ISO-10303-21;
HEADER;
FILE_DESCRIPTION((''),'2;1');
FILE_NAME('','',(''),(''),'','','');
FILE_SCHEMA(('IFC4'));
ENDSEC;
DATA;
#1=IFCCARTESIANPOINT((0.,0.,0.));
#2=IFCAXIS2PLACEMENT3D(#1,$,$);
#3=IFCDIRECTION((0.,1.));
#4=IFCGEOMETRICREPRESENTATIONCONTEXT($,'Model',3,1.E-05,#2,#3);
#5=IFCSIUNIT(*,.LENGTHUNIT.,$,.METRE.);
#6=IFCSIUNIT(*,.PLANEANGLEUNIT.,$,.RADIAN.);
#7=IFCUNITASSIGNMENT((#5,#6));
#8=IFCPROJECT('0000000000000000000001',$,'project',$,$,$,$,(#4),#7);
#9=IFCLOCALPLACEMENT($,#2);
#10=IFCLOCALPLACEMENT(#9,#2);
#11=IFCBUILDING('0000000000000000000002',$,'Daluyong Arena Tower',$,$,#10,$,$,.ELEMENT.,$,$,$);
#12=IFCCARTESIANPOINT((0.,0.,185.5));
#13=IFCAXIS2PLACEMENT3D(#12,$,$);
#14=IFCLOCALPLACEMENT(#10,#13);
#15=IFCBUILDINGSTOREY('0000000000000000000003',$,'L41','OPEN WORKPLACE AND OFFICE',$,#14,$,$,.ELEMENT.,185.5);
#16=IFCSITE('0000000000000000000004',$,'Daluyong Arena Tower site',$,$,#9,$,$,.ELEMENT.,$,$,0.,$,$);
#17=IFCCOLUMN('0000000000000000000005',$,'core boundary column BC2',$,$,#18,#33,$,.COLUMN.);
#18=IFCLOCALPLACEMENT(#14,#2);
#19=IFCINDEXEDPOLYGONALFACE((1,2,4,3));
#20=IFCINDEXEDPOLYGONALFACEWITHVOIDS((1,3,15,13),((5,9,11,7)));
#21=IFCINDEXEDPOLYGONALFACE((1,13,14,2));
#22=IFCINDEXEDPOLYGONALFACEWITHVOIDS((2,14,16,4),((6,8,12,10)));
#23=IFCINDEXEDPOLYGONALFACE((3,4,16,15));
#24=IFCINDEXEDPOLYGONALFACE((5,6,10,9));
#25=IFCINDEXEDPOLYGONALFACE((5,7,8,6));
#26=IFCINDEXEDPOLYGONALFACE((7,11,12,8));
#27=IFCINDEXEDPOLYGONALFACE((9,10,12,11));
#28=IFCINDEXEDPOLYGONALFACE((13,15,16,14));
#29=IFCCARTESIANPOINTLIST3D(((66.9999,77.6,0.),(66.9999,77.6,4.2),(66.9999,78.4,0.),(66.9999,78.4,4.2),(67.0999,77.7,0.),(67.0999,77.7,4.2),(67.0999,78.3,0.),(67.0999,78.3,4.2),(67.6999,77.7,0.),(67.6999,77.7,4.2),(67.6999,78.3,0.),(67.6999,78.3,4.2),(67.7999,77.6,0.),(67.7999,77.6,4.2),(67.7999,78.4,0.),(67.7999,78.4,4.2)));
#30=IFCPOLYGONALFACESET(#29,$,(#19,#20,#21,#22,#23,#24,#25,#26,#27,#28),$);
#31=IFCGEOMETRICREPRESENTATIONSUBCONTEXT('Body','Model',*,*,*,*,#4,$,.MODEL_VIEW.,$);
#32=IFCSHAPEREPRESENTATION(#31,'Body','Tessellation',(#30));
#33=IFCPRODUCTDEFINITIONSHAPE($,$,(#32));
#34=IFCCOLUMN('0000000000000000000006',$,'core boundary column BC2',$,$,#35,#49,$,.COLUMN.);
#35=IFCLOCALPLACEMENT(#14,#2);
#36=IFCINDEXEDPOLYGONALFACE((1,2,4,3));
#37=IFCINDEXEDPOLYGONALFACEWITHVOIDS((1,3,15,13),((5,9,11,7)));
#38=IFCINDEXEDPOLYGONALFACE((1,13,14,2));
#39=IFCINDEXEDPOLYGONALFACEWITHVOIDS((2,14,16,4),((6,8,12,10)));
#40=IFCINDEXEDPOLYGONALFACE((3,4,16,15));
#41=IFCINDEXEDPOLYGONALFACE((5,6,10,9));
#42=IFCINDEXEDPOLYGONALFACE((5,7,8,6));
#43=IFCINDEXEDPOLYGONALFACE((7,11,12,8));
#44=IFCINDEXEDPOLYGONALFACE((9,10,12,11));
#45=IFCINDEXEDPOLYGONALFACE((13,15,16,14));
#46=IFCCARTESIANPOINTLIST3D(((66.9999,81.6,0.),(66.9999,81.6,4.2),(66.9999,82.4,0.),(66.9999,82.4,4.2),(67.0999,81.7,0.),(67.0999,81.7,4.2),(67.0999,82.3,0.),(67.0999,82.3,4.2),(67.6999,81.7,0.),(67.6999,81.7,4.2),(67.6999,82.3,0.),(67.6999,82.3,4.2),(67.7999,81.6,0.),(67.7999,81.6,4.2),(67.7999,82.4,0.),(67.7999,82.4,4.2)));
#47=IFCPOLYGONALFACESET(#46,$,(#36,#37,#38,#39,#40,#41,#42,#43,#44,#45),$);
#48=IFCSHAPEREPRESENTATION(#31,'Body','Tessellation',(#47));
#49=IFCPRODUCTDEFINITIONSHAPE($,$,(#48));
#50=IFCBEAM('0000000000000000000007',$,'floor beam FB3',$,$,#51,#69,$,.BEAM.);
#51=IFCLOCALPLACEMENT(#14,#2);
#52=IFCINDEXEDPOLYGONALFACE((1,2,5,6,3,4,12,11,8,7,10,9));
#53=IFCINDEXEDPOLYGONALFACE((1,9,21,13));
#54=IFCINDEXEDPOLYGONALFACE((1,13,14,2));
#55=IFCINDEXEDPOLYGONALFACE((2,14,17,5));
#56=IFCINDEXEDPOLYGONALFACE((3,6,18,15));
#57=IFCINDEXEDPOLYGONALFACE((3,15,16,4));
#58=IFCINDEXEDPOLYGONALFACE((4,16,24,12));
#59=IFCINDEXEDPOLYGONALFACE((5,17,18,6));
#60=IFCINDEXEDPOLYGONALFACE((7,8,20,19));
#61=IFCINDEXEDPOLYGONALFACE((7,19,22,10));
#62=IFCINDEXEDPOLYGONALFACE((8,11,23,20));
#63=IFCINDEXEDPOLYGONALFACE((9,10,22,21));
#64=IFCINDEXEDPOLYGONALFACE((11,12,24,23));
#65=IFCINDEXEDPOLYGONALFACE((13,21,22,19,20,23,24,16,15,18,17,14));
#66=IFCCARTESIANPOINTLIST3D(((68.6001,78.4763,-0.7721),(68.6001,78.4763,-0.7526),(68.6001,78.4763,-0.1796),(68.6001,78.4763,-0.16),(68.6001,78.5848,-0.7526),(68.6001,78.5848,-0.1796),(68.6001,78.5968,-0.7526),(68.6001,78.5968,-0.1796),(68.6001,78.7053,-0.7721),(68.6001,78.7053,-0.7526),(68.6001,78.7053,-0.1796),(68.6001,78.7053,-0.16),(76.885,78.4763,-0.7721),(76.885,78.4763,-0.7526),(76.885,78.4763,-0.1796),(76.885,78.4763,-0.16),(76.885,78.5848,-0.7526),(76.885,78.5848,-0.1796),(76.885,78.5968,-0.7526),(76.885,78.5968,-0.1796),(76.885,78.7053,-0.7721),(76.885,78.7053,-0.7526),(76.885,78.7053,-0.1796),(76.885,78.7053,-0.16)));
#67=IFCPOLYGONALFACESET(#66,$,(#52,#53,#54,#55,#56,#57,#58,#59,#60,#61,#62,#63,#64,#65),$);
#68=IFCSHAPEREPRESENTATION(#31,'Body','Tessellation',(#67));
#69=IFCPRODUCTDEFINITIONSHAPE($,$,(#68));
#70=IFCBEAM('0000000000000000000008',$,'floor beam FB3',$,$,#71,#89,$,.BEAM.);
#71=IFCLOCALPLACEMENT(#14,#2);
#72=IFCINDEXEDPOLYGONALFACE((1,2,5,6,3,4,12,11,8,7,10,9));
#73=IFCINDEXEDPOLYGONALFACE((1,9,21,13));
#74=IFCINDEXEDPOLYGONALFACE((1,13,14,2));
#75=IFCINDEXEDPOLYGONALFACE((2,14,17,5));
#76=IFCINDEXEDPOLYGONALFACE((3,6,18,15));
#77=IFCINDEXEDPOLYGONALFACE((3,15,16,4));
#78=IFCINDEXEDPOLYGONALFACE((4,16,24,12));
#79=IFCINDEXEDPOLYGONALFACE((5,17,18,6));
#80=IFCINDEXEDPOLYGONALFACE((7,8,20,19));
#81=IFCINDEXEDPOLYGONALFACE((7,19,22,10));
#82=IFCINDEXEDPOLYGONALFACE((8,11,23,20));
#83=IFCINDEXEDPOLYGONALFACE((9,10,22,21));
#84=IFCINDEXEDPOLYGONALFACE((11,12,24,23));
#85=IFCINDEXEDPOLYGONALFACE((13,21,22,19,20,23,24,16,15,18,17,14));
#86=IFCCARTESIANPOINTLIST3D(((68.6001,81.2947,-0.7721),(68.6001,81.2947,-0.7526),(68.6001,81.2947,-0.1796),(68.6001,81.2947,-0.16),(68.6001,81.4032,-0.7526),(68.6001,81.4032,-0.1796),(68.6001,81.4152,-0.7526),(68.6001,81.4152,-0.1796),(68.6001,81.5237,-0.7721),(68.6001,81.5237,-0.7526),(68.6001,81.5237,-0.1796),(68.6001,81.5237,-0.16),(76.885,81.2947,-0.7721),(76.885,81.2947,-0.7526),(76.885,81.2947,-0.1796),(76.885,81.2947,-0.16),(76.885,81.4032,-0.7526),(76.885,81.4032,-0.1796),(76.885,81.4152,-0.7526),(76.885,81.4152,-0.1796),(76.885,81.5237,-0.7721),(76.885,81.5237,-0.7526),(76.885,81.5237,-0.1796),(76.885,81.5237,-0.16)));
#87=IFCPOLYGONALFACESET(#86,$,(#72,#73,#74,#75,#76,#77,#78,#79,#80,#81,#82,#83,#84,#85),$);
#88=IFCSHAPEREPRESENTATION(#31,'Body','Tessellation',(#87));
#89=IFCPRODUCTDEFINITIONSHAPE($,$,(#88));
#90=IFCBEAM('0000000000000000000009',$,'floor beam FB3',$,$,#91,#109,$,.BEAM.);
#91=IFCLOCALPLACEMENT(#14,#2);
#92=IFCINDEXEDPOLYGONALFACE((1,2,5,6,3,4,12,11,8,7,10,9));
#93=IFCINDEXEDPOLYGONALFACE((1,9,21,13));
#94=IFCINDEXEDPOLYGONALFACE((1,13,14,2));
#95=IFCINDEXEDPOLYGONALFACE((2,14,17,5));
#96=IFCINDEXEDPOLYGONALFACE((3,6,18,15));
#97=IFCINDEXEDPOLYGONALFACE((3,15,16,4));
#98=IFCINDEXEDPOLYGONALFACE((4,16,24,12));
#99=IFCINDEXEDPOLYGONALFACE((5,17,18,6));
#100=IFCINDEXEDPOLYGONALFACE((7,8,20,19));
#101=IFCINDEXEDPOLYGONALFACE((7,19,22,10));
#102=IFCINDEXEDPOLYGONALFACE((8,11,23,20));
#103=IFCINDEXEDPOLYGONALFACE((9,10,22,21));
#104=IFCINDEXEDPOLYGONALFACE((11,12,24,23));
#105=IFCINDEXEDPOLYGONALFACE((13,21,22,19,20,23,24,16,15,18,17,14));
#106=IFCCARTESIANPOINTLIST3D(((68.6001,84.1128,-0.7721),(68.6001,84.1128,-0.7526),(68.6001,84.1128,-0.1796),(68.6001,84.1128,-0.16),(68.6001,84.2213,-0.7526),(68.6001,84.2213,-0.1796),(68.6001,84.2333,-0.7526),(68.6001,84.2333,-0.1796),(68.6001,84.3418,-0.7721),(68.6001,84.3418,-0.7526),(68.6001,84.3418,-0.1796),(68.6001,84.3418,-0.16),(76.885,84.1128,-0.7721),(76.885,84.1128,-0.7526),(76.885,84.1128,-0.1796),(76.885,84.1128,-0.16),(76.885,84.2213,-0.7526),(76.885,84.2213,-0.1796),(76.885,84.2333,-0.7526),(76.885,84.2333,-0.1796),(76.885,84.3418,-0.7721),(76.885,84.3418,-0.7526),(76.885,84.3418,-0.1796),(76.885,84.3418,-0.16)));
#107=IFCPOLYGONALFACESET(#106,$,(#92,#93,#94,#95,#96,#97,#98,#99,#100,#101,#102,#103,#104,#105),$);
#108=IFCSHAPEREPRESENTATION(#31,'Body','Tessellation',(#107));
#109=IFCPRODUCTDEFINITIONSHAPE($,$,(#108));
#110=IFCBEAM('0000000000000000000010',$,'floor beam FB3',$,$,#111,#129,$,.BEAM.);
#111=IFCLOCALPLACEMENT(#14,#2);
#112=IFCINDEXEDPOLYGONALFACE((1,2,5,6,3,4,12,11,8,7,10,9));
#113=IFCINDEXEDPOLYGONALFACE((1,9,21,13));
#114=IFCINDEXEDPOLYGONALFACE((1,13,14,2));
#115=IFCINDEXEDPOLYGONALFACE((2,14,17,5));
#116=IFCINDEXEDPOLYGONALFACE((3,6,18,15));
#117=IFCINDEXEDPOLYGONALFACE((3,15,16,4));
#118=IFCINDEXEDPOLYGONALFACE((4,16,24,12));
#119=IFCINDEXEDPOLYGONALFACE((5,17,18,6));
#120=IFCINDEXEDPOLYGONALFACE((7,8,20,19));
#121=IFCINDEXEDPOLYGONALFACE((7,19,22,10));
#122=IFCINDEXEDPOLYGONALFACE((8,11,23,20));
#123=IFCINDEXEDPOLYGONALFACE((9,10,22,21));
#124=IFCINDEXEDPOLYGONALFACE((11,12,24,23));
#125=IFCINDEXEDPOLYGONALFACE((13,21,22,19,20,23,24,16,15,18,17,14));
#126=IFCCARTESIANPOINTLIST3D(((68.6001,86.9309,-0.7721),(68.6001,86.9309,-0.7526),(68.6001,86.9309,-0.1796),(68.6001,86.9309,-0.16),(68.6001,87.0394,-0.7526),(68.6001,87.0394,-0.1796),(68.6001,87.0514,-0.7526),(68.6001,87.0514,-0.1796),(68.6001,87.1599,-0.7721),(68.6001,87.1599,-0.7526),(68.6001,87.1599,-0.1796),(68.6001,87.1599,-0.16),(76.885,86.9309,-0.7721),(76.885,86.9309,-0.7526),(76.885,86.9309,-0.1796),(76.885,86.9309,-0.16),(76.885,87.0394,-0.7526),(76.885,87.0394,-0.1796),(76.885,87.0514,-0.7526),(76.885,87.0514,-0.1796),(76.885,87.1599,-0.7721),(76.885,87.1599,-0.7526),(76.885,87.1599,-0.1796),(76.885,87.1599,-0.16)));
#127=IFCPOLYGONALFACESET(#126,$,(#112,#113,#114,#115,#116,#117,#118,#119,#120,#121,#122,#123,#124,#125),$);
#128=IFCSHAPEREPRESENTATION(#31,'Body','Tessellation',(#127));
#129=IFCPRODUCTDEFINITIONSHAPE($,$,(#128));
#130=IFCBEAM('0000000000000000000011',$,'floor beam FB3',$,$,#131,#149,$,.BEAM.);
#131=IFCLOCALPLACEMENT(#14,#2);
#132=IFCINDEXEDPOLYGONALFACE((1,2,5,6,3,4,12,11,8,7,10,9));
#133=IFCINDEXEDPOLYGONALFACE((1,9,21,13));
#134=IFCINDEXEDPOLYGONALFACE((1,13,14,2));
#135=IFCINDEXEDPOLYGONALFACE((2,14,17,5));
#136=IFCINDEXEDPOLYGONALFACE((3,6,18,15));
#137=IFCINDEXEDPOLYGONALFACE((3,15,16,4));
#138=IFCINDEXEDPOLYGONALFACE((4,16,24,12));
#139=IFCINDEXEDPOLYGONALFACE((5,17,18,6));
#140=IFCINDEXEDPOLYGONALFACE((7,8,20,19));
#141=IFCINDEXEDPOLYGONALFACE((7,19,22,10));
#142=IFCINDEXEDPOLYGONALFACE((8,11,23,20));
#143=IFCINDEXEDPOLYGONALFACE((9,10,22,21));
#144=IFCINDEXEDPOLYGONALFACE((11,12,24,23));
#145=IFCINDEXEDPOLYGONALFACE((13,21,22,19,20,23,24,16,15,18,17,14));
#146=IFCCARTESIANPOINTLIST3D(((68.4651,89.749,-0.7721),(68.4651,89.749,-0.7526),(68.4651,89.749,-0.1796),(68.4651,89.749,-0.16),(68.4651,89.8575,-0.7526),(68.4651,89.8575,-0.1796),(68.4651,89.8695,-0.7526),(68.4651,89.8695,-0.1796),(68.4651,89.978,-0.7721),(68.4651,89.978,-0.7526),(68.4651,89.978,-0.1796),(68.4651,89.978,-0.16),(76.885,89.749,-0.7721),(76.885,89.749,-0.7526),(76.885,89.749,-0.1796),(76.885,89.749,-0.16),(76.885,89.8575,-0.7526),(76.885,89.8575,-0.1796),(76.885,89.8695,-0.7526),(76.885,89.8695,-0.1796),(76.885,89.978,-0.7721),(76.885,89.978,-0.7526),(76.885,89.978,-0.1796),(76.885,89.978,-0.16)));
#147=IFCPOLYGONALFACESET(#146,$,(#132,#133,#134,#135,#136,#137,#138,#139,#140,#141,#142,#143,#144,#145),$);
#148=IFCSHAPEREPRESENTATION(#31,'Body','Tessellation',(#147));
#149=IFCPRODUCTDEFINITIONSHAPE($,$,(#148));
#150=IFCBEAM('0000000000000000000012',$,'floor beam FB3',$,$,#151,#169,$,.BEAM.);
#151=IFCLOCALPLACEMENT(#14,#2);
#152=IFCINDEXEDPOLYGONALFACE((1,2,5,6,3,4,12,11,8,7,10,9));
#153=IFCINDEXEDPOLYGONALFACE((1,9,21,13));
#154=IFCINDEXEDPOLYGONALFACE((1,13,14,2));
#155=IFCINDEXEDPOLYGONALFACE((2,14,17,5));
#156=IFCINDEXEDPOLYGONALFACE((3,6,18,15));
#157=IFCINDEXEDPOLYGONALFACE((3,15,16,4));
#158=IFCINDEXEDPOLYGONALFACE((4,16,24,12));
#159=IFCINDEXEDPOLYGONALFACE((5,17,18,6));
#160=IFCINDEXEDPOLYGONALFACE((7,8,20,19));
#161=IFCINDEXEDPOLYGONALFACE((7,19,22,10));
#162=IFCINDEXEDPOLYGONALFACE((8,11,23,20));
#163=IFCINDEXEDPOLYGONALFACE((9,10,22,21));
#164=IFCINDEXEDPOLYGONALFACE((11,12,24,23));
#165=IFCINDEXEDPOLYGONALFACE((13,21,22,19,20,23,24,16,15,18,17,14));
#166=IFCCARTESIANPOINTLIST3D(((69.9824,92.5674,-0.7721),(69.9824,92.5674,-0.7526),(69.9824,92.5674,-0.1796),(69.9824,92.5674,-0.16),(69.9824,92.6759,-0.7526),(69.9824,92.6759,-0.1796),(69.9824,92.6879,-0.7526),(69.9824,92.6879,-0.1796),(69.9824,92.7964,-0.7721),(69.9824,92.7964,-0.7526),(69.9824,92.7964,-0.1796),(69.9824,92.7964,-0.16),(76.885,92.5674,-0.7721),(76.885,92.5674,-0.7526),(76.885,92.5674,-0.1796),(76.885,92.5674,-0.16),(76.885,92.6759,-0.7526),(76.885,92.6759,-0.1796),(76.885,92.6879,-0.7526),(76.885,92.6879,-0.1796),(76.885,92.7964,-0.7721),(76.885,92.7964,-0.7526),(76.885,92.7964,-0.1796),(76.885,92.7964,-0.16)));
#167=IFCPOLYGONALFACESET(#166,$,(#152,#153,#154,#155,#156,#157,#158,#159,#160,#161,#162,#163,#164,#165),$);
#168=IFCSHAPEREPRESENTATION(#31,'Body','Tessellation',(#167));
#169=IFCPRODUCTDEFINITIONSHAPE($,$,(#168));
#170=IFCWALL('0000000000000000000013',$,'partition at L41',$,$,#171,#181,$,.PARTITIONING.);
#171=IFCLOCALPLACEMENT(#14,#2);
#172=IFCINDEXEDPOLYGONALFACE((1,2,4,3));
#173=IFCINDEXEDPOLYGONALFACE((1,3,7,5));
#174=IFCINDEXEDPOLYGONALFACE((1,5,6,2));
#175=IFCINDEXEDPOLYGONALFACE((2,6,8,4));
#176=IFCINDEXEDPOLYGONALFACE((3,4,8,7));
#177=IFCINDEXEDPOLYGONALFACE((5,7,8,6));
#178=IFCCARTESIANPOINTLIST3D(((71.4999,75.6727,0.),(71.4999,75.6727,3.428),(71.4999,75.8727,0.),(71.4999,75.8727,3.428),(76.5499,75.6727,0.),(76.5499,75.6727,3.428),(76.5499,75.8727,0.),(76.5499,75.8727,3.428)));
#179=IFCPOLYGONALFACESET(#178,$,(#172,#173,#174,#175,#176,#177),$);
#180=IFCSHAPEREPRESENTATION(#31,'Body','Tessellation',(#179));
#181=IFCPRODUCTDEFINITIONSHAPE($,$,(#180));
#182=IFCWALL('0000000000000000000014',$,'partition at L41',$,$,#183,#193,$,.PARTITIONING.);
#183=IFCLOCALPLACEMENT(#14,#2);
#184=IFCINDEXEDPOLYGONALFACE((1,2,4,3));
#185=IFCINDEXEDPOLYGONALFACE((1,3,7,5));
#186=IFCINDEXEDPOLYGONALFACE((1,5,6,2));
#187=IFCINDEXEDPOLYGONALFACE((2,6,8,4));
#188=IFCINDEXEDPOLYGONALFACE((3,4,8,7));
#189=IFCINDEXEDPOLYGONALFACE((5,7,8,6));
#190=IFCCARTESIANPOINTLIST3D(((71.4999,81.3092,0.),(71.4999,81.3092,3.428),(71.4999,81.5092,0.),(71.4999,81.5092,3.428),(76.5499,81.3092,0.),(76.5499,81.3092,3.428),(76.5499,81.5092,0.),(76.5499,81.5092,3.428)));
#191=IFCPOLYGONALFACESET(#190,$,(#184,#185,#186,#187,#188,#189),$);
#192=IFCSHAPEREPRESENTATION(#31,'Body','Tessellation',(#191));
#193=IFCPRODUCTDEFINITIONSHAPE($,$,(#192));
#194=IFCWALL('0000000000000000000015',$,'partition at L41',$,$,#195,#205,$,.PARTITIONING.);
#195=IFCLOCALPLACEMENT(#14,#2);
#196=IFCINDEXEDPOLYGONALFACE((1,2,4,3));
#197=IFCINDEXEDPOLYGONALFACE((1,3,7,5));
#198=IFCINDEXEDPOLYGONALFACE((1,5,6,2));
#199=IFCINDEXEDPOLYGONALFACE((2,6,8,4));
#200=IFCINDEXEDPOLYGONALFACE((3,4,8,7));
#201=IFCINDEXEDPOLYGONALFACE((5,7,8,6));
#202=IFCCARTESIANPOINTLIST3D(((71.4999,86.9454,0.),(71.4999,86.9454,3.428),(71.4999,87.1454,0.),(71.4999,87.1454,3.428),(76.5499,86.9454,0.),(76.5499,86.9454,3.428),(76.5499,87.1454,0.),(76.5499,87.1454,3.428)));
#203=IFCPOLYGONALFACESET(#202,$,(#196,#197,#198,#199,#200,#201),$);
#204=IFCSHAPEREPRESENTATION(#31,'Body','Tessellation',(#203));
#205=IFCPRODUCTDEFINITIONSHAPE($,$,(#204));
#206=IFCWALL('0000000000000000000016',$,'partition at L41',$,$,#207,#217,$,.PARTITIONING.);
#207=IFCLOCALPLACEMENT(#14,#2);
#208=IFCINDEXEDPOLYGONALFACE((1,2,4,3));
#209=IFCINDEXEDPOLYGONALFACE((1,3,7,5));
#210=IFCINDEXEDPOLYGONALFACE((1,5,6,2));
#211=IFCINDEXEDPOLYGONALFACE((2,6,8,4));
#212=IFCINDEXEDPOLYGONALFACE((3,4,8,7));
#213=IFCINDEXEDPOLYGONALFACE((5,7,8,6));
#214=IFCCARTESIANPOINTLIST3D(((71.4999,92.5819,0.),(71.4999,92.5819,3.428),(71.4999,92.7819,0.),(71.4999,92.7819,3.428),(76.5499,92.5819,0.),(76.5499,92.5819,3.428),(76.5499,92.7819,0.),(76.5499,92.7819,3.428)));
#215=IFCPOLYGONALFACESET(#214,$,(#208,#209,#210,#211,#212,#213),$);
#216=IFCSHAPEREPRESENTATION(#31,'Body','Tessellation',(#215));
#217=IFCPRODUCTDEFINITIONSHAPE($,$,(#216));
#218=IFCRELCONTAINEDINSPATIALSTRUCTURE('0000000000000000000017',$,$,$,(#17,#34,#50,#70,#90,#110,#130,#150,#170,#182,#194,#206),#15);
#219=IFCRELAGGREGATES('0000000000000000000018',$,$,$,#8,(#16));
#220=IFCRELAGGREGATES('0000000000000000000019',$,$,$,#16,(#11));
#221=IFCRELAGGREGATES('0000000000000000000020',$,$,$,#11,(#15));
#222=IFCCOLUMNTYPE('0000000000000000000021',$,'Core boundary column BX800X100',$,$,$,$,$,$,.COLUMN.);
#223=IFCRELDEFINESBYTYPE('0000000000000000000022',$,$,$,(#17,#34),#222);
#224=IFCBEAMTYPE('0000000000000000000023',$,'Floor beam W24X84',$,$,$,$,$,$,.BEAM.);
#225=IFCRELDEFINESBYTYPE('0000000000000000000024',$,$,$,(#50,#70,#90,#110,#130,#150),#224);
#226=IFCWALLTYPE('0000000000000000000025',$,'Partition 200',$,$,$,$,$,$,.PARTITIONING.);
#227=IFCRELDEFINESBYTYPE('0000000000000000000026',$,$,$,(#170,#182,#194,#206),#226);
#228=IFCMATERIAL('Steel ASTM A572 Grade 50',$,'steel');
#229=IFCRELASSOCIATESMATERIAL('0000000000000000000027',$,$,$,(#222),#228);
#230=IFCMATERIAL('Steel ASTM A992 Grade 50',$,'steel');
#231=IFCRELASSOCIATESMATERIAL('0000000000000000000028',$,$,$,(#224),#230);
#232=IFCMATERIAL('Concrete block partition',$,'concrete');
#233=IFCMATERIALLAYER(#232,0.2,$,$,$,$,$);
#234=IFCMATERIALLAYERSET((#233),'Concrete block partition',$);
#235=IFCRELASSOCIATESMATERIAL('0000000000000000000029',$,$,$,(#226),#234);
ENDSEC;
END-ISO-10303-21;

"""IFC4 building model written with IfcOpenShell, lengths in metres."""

from ifc_helpers import new_model, si_unit, direction, frame, frame_2d, origin, origin_2d, place, context, subcontext, project, spatial, rectangle, hollow_rectangle, i_section, extrude, material, layer, layer_set, material_profile, profile_set, type_object, element, save


model = new_model("IFC4")

# Units and contexts
model_context = context("Model", 3, precision=1e-05, world=origin(), true_north=direction((0.0, 1.0)))
body_context = subcontext(model_context, "Body", "Model", "MODEL_VIEW")
ifc_project = project(units=[si_unit("LENGTHUNIT", "METRE"), si_unit("PLANEANGLEUNIT", "RADIAN")], contexts=[model_context])

# Site, building, storey
site_placement = place(None, origin())
site = spatial("IfcSite", under=ifc_project, at=site_placement, Name="Daluyong Arena Tower site", CompositionType="ELEMENT", RefElevation=0.0)
building_placement = place(site_placement, origin())
building = spatial("IfcBuilding", under=site, at=building_placement, Name="Daluyong Arena Tower", CompositionType="ELEMENT")
storey_placement = place(building_placement, frame((0.0, 0.0, 185.5)))
storey = spatial("IfcBuildingStorey", under=building, at=storey_placement, Name="L41", Description="OPEN WORKPLACE AND OFFICE", CompositionType="ELEMENT", Elevation=185.5)

# Columns
ifc_material_1 = material(Name="Steel ASTM A572 Grade 50", Category="steel")
ifc_material_profile_1 = material_profile(ifc_material_1, hollow_rectangle(XDim=0.8, YDim=0.8, WallThickness=0.1, at=origin_2d()))
ifc_profile_set_1 = profile_set([ifc_material_profile_1], Name="Steel ASTM A572 Grade 50")
column_type = type_object("IfcColumnType", Name="Core boundary column BX800X100", PredefinedType="COLUMN", material=ifc_profile_set_1)
for number, where, z_axis, x_axis, name in (
    (1, (67.3999, 78.0, 0.0), (0.0, 0.0, 1.0), (1.0, 0.0, 0.0), "core boundary column BC2"),
    (2, (67.3999, 82.0, 0.0), (0.0, 0.0, 1.0), (1.0, 0.0, 0.0), "core boundary column BC2"),
):
    element("IfcColumn", number, at=place(storey_placement, frame(where, z_axis=z_axis, x_axis=x_axis)), inside=storey, type_object=column_type, Name=name, PredefinedType="COLUMN", context=body_context, shape_type="SweptSolid", body=[
        extrude(hollow_rectangle(XDim=0.8, YDim=0.8, WallThickness=0.1, at=origin_2d()), origin(), (0.0, 0.0, 1.0), 4.2),
    ])

# Beams
ifc_material_2 = material(Name="Steel ASTM A992 Grade 50", Category="steel")
ifc_material_profile_2 = material_profile(ifc_material_2, i_section(OverallWidth=0.229, OverallDepth=0.6121, WebThickness=0.012, FlangeThickness=0.0195, at=origin_2d()))
ifc_profile_set_2 = profile_set([ifc_material_profile_2], Name="Steel ASTM A992 Grade 50")
beam_type = type_object("IfcBeamType", Name="Floor beam W24X84", PredefinedType="BEAM", material=ifc_profile_set_2)
for number, where, z_axis, x_axis, name in (
    (3, (76.885, 78.5908, -0.4661), (-1.0, 0.0, 0.0), (0.0, -1.0, 0.0), "floor beam FB3"),
    (4, (76.885, 81.4092, -0.4661), (-1.0, 0.0, 0.0), (0.0, -1.0, 0.0), "floor beam FB3"),
    (5, (76.885, 84.2273, -0.4661), (-1.0, 0.0, 0.0), (0.0, -1.0, 0.0), "floor beam FB3"),
    (6, (76.885, 87.0454, -0.4661), (-1.0, 0.0, 0.0), (0.0, -1.0, 0.0), "floor beam FB3"),
):
    element("IfcBeam", number, at=place(storey_placement, frame(where, z_axis=z_axis, x_axis=x_axis)), inside=storey, type_object=beam_type, Name=name, PredefinedType="BEAM", context=body_context, shape_type="SweptSolid", body=[
        extrude(i_section(OverallWidth=0.229, OverallDepth=0.6121, WebThickness=0.012, FlangeThickness=0.0195, at=origin_2d()), origin(), (0.0, 0.0, 1.0), 8.2849),
    ])
beam_1_placement = place(storey_placement, frame((76.885, 89.8635, -0.4661), z_axis=(-1.0, 0.0, 0.0), x_axis=(0.0, -1.0, 0.0)))
element("IfcBeam", 7, at=beam_1_placement, inside=storey, type_object=beam_type, Name="floor beam FB3", PredefinedType="BEAM", context=body_context, shape_type="SweptSolid", body=[
    extrude(i_section(OverallWidth=0.229, OverallDepth=0.6121, WebThickness=0.012, FlangeThickness=0.0195, at=origin_2d()), origin(), (0.0, 0.0, 1.0), 8.4199),
])
beam_2_placement = place(storey_placement, frame((76.885, 92.6819, -0.4661), z_axis=(-1.0, 0.0, 0.0), x_axis=(0.0, -1.0, 0.0)))
element("IfcBeam", 8, at=beam_2_placement, inside=storey, type_object=beam_type, Name="floor beam FB3", PredefinedType="BEAM", context=body_context, shape_type="SweptSolid", body=[
    extrude(i_section(OverallWidth=0.229, OverallDepth=0.6121, WebThickness=0.012, FlangeThickness=0.0195, at=origin_2d()), origin(), (0.0, 0.0, 1.0), 6.9026),
])

# Walls
ifc_material_3 = material(Name="Concrete block partition", Category="concrete")
ifc_layer = layer(ifc_material_3, 0.2)
ifc_layer_set = layer_set([ifc_layer], Name="Concrete block partition")
wall_type = type_object("IfcWallType", Name="Partition 200", PredefinedType="PARTITIONING", material=ifc_layer_set)
for number, where, z_axis, x_axis, name in (
    (9, (71.5, 75.7727, 0.0), (0.0, 0.0, 1.0), (1.0, 0.0, 0.0), "partition at L41"),
    (10, (71.5, 81.4092, 0.0), (0.0, 0.0, 1.0), (1.0, 0.0, 0.0), "partition at L41"),
    (11, (71.5, 87.0454, 0.0), (0.0, 0.0, 1.0), (1.0, 0.0, 0.0), "partition at L41"),
    (12, (71.5, 92.6819, 0.0), (0.0, 0.0, 1.0), (1.0, 0.0, 0.0), "partition at L41"),
):
    element("IfcWall", number, at=place(storey_placement, frame(where, z_axis=z_axis, x_axis=x_axis)), inside=storey, type_object=wall_type, Name=name, PredefinedType="PARTITIONING", context=body_context, shape_type="SweptSolid", body=[
        extrude(rectangle(XDim=5.05, YDim=0.2, at=frame_2d((2.5249, 0.0))), origin(), (0.0, 0.0, 1.0), 3.428),
    ])

save(model, "model.ifc")
